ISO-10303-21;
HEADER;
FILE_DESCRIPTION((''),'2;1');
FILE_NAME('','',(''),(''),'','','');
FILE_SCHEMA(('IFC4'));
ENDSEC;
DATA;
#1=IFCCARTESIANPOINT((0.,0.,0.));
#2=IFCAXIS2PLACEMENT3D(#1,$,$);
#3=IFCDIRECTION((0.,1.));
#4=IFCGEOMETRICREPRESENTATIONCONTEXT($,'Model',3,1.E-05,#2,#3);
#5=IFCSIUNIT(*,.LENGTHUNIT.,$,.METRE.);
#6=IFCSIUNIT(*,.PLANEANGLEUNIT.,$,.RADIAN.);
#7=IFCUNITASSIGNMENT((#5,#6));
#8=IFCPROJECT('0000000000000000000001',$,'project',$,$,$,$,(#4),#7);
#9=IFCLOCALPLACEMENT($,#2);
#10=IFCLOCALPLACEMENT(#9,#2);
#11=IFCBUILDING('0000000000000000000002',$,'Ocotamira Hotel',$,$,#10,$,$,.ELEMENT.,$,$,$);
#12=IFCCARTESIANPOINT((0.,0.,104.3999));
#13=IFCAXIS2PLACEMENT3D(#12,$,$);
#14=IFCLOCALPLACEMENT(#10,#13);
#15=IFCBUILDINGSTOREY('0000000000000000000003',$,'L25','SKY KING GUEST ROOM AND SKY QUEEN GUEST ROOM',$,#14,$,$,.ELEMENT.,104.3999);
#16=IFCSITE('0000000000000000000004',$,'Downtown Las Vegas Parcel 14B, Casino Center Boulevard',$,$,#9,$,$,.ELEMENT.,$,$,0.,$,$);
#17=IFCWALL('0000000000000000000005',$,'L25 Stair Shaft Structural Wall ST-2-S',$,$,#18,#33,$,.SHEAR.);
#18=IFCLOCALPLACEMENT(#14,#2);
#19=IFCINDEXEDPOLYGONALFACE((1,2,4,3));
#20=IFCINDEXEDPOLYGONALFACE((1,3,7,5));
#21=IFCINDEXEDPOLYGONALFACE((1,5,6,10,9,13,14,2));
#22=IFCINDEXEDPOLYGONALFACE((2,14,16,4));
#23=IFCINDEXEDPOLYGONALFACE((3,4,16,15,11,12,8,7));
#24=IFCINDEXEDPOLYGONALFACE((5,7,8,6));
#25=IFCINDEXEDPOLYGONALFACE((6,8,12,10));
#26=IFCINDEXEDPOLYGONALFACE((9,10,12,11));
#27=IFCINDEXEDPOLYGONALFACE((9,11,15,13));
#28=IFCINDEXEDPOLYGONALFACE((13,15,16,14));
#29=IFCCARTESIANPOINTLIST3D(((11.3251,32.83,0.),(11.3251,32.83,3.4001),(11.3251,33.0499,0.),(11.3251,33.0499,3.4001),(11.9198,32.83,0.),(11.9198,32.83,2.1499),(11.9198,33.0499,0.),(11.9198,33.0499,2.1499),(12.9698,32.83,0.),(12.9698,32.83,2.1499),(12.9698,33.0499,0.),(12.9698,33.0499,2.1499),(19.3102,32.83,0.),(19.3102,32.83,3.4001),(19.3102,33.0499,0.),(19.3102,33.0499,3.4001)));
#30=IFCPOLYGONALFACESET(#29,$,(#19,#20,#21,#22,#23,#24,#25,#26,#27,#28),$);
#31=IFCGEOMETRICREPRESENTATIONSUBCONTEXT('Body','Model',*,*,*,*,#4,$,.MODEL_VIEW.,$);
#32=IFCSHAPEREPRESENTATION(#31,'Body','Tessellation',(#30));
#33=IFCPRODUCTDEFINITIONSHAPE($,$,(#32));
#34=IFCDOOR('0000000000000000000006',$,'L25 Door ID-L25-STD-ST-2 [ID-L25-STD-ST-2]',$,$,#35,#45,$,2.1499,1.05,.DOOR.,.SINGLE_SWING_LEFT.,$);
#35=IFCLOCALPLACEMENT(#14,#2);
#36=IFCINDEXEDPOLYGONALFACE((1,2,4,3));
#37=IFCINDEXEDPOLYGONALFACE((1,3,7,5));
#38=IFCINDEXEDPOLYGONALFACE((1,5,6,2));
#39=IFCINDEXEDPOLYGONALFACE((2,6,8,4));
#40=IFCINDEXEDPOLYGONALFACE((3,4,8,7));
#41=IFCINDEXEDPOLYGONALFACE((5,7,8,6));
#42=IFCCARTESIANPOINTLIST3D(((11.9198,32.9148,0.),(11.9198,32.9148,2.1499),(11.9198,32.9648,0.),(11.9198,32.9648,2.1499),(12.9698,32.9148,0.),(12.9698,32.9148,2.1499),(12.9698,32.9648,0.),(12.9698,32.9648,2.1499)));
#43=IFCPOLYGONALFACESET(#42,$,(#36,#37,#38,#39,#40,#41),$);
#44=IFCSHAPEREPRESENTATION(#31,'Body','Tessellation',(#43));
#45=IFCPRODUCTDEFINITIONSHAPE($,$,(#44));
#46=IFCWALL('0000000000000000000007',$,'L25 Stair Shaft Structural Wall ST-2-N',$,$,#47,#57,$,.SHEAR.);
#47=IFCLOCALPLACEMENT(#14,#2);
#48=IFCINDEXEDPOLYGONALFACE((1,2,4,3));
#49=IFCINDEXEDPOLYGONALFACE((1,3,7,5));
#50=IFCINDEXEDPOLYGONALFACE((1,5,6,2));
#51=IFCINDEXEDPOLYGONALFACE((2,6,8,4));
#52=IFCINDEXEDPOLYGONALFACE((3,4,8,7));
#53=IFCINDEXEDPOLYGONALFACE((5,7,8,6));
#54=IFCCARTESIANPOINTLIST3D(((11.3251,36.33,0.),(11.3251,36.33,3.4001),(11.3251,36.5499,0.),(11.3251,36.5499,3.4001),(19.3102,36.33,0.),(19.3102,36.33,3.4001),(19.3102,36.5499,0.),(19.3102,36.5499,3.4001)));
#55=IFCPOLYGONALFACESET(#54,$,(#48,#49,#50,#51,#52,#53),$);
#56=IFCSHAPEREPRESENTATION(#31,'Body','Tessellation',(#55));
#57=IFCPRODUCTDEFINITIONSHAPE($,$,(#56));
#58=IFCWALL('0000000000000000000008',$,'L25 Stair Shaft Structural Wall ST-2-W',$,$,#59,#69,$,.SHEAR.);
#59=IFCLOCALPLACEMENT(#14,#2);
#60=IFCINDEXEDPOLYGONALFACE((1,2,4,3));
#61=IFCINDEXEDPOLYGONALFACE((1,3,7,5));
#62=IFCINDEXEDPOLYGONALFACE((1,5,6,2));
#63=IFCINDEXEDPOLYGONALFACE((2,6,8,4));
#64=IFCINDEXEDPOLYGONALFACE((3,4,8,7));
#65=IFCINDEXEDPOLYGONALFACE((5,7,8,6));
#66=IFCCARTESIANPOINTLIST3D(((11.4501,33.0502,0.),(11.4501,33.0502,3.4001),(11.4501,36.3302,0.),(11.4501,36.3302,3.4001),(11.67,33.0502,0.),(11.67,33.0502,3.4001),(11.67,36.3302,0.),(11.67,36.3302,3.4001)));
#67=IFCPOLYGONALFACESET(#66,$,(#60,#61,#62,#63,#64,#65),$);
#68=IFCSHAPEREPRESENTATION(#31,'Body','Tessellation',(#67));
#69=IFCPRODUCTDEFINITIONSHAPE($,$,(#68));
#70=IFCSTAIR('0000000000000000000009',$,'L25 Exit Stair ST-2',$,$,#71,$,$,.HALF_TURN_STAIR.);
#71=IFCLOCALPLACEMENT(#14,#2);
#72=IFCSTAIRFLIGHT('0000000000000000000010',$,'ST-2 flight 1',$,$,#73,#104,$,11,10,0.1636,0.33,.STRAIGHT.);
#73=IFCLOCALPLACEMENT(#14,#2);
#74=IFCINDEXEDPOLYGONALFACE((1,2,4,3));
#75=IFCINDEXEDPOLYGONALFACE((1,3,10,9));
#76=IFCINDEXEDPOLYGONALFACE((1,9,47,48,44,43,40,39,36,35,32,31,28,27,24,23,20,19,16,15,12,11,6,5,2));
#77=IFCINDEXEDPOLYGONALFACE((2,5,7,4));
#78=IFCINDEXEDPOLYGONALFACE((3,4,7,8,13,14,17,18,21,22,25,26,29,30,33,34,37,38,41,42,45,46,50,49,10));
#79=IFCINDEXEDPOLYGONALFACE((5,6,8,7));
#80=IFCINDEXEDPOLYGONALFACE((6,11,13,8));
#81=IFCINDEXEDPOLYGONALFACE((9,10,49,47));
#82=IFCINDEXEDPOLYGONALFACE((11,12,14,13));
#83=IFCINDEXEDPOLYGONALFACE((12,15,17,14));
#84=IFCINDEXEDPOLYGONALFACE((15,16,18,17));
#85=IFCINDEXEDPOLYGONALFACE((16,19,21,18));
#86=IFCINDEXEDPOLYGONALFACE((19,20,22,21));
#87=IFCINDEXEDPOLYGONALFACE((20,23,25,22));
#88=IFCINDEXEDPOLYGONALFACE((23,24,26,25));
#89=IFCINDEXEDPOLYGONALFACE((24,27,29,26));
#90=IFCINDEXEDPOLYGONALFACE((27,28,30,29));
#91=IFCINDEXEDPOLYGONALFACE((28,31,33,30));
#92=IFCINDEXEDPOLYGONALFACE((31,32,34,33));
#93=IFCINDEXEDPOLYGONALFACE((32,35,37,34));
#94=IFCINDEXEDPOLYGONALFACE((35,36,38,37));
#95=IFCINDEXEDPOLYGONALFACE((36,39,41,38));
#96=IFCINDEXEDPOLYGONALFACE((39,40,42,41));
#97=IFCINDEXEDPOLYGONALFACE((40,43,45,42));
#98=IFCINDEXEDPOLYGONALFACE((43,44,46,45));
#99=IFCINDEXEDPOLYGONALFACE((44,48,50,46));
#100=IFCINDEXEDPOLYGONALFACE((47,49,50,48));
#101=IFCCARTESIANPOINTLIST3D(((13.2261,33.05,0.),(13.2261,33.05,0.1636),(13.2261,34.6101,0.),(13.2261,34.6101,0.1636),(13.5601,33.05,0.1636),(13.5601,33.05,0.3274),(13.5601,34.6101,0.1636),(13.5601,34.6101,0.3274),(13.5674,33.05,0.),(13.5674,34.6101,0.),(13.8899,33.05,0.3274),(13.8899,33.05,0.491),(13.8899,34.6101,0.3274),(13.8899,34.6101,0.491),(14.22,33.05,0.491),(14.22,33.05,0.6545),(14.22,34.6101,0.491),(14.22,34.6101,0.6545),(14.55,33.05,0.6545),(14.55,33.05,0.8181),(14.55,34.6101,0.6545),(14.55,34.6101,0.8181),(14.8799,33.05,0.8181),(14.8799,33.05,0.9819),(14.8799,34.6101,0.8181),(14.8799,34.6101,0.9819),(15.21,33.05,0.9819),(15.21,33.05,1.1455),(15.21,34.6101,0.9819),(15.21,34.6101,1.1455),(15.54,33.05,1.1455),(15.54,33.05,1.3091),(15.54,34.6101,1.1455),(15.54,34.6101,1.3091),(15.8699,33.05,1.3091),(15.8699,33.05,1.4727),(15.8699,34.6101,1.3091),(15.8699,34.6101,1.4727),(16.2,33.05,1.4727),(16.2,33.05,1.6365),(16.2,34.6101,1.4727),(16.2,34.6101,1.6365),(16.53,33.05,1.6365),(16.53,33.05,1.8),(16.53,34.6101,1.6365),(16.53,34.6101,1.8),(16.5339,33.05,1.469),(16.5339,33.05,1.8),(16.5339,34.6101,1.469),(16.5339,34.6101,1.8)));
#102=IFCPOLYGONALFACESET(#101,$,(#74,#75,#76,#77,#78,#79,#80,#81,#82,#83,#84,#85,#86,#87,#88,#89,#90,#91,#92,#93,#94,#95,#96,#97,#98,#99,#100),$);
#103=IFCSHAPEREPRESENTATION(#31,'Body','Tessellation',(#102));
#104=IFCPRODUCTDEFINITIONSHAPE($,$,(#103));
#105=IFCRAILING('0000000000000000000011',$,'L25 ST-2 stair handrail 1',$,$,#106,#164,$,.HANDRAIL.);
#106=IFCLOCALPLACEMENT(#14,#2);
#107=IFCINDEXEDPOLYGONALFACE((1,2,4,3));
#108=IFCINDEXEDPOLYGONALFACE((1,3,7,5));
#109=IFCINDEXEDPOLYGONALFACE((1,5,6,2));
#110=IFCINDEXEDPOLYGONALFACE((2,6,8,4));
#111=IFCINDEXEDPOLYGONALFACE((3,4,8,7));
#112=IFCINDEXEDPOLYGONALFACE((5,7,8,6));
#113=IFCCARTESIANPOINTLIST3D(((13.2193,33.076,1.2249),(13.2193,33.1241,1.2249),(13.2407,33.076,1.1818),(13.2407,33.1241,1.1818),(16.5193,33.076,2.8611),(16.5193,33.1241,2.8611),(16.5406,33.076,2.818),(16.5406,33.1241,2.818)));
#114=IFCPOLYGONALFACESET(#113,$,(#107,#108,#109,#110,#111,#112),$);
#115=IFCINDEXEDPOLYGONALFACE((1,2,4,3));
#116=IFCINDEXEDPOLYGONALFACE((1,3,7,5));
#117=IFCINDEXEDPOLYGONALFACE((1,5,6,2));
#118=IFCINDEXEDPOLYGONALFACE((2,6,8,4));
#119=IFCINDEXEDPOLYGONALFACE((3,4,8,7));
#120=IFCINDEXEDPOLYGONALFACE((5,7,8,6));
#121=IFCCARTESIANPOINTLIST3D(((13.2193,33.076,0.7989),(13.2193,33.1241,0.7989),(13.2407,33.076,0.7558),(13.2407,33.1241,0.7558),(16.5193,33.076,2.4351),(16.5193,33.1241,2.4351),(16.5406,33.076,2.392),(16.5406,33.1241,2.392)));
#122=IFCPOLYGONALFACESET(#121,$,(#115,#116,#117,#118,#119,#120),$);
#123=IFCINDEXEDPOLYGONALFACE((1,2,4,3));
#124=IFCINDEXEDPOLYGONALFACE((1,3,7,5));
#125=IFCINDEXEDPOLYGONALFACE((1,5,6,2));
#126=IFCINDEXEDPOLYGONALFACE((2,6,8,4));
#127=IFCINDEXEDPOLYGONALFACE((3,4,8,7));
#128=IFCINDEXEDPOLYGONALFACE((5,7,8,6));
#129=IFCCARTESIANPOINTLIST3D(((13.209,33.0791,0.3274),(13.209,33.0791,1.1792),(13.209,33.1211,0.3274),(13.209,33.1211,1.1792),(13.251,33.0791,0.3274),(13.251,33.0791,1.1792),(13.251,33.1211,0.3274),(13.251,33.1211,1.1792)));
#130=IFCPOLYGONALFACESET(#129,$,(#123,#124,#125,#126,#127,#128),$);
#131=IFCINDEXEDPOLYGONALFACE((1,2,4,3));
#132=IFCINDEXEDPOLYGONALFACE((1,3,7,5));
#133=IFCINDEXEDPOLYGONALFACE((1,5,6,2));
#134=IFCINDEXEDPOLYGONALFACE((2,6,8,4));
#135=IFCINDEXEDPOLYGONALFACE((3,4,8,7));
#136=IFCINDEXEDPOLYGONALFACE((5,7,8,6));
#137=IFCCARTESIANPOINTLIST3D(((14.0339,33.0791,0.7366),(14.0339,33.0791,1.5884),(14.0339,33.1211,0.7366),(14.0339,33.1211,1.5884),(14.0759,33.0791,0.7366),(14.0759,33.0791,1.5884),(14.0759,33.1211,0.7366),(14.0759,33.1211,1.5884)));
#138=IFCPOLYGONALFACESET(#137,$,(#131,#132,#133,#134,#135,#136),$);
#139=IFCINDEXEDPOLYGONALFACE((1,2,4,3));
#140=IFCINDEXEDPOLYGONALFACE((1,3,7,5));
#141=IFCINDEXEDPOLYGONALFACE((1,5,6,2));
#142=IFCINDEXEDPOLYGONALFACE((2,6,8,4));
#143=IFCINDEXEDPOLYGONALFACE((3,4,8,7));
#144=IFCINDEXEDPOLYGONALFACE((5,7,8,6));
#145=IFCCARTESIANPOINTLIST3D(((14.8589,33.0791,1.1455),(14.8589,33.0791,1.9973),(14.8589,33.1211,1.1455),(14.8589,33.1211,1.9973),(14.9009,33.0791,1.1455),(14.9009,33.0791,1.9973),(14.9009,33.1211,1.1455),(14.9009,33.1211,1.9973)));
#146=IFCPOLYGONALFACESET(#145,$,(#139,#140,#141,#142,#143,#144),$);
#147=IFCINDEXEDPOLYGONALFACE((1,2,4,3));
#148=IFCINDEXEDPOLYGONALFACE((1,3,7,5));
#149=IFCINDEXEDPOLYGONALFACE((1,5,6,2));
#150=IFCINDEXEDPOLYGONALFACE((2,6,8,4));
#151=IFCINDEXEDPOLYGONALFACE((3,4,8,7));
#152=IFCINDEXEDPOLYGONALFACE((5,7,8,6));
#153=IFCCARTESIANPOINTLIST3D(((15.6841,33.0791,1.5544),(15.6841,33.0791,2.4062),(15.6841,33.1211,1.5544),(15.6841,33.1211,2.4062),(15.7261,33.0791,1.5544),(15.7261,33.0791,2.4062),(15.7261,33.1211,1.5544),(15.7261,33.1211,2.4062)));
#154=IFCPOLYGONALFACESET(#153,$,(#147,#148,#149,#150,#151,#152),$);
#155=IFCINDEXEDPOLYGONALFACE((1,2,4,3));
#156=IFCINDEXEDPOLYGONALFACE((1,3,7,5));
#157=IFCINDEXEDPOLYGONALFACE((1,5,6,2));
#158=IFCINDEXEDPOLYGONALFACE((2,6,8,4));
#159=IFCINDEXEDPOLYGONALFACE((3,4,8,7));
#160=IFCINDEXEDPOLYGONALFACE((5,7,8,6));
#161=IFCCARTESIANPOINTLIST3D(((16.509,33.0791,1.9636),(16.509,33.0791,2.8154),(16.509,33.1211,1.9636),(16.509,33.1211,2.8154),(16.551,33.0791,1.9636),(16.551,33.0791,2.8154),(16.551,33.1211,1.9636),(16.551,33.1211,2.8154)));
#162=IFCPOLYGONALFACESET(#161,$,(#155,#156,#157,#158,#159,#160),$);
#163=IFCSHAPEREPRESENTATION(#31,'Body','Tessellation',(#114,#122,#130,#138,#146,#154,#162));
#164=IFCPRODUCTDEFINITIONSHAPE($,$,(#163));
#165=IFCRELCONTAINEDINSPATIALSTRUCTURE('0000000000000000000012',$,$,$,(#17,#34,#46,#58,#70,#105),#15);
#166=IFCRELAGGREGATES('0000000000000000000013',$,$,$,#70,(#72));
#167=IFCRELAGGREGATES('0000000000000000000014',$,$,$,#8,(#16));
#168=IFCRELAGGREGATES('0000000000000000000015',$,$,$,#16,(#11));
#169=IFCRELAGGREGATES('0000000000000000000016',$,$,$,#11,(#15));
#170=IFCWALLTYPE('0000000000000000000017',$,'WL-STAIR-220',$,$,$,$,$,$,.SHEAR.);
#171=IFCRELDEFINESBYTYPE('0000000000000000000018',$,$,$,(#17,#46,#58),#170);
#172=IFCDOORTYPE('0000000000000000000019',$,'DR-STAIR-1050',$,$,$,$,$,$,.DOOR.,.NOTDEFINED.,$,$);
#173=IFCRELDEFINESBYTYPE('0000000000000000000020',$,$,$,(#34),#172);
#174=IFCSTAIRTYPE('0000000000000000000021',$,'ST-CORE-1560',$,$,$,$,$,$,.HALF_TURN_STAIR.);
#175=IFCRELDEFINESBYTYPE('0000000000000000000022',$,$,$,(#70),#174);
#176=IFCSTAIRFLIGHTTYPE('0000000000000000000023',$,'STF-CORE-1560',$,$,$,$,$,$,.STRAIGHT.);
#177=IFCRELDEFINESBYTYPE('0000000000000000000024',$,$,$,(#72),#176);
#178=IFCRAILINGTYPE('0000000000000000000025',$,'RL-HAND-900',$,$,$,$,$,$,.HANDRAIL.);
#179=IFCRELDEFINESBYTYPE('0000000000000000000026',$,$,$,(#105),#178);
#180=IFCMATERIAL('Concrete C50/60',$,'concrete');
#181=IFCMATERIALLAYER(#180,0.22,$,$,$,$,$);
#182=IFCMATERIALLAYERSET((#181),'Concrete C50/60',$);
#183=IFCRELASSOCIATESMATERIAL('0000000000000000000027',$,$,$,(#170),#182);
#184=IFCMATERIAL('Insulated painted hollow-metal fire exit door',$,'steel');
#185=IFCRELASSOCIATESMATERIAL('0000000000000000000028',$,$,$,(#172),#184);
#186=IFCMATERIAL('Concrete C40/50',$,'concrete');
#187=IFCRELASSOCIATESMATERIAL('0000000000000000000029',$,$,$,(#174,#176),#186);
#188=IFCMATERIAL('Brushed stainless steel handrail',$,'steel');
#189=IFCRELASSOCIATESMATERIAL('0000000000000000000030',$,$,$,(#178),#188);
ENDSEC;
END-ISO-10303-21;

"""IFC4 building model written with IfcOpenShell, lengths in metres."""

from ifc_helpers import new_model, si_unit, direction, frame, frame_2d, origin, origin_2d, place, context, subcontext, project, spatial, polyline, rectangle, outline, extrude, source, transform, mapped, material, layer, layer_set, type_object, element, fill, aggregate, save


model = new_model("IFC4")

# Units and contexts
model_context = context("Model", 3, precision=1e-05, world=origin(), true_north=direction((0.0, 1.0)))
body_context = subcontext(model_context, "Body", "Model", "MODEL_VIEW")
ifc_project = project(units=[si_unit("LENGTHUNIT", "METRE"), si_unit("PLANEANGLEUNIT", "RADIAN")], contexts=[model_context])

# Site, building, storey
site_placement = place(None, origin())
site = spatial("IfcSite", under=ifc_project, at=site_placement, Name="Downtown Las Vegas Parcel 14B, Casino Center Boulevard", CompositionType="ELEMENT", RefElevation=0.0)
building_placement = place(site_placement, origin())
building = spatial("IfcBuilding", under=site, at=building_placement, Name="Ocotamira Hotel", CompositionType="ELEMENT")
storey_placement = place(building_placement, frame((0.0, 0.0, 104.3999)))
storey = spatial("IfcBuildingStorey", under=building, at=storey_placement, Name="L25", Description="SKY KING GUEST ROOM AND SKY QUEEN GUEST ROOM", CompositionType="ELEMENT", Elevation=104.3999)

# Wall, opening, door
ifc_material_1 = material(Name="Concrete C50/60", Category="concrete")
ifc_layer_1 = layer(ifc_material_1, 0.22)
ifc_layer_set_1 = layer_set([ifc_layer_1], Name="Concrete C50/60")
wall_type_1 = type_object("IfcWallType", Name="WL-STAIR-220", PredefinedType="SHEAR", material=ifc_layer_set_1)
wall_1_placement = place(storey_placement, frame((11.325, 32.9399, 0.0), z_axis=(0.0, 0.0, 1.0), x_axis=(1.0, 0.0, 0.0)))
wall_1 = element("IfcWall", 1, at=wall_1_placement, inside=storey, type_object=wall_type_1, Name="L25 Stair Shaft Structural Wall ST-2-S", PredefinedType="SHEAR", context=body_context, shape_type="SweptSolid", body=[
    extrude(rectangle(XDim=7.9851, YDim=0.22, at=frame_2d((3.9927, 0.0))), origin(), (0.0, 0.0, 1.0), 3.4001),
])
opening_placement = place(wall_1_placement, frame((0.595, 0.0, 0.0)))
opening = element("IfcOpeningElement", 2, at=opening_placement, cuts=wall_1, PredefinedType="OPENING", context=body_context, shape_type="SweptSolid", body=[
    extrude(rectangle(XDim=1.05, YDim=2.1499, at=frame_2d((0.5249, 1.075))), frame((0.0, 0.1201, 0.0), z_axis=(0.0, -1.0, 0.0), x_axis=(1.0, 0.0, 0.0)), (0.0, 0.0, 1.0), 0.24),
])
ifc_material_2 = material(Name="Insulated painted hollow-metal fire exit door", Category="steel")
door_type = type_object("IfcDoorType", Name="DR-STAIR-1050", OperationType="NOTDEFINED", PredefinedType="DOOR", material=ifc_material_2)
shared_shape_1 = source(origin(), body_context, "Body", "SweptSolid", [
    extrude(rectangle(XDim=1.05, YDim=2.1499, at=frame_2d((0.5249, 1.075))), frame((0.0, 0.0249, 0.0), z_axis=(0.0, -1.0, 0.0), x_axis=(1.0, 0.0, 0.0)), (0.0, 0.0, 1.0), 0.05),
])
door_placement = place(opening_placement, origin())
door = element("IfcDoor", 3, at=door_placement, inside=storey, type_object=door_type, Name="L25 Door ID-L25-STD-ST-2 [ID-L25-STD-ST-2]", OperationType="SINGLE_SWING_LEFT", OverallHeight=2.1499, OverallWidth=1.05, PredefinedType="DOOR", context=body_context, shape_type="MappedRepresentation", body=[
    mapped(shared_shape_1, transform((0.0, 0.0, 0.0), scale=1.0)),
])
fill(opening, door)

# Walls
wall_2_placement = place(storey_placement, frame((11.325, 36.4399, 0.0), z_axis=(0.0, 0.0, 1.0), x_axis=(1.0, 0.0, 0.0)))
element("IfcWall", 4, at=wall_2_placement, inside=storey, type_object=wall_type_1, Name="L25 Stair Shaft Structural Wall ST-2-N", PredefinedType="SHEAR", context=body_context, shape_type="SweptSolid", body=[
    extrude(rectangle(XDim=7.9851, YDim=0.22, at=frame_2d((3.9927, 0.0))), origin(), (0.0, 0.0, 1.0), 3.4001),
])
wall_3_placement = place(storey_placement, frame((11.5601, 33.05, 0.0), z_axis=(0.0, 0.0, 1.0), x_axis=(0.0, 1.0, 0.0)))
element("IfcWall", 5, at=wall_3_placement, inside=storey, type_object=wall_type_1, Name="L25 Stair Shaft Structural Wall ST-2-W", PredefinedType="SHEAR", context=body_context, shape_type="SweptSolid", body=[
    extrude(rectangle(XDim=3.28, YDim=0.22, at=frame_2d((1.6401, 0.0))), origin(), (0.0, 0.0, 1.0), 3.4001),
])

# Stair, stair flight
ifc_material_3 = material(Name="Concrete C40/50", Category="concrete")
stair_type = type_object("IfcStairType", Name="ST-CORE-1560", PredefinedType="HALF_TURN_STAIR", material=ifc_material_3)
stair_placement = place(storey_placement, origin())
stair = element("IfcStair", 6, at=stair_placement, inside=storey, type_object=stair_type, Name="L25 Exit Stair ST-2", PredefinedType="HALF_TURN_STAIR")
stair_flight_type = type_object("IfcStairFlightType", Name="STF-CORE-1560", PredefinedType="STRAIGHT", material=ifc_material_3)
shared_shape_2 = source(origin(), body_context, "Body", "SweptSolid", [
    extrude(outline(polyline([(-0.0039, 0.0), (-0.0039, 0.1636), (0.3301, 0.1636), (0.3301, 0.3274), (0.6599, 0.3274), (0.6599, 0.491), (0.99, 0.491), (0.99, 0.6545), (1.3201, 0.6545), (1.3201, 0.8181), (1.6499, 0.8181), (1.6499, 0.9819), (1.98, 0.9819), (1.98, 1.1455), (2.3101, 1.1455), (2.3101, 1.3091), (2.6399, 1.3091), (2.6399, 1.4727), (2.97, 1.4727), (2.97, 1.6365), (3.3, 1.6365), (3.3, 1.8), (3.304, 1.8), (3.304, 1.469), (0.3374, 0.0), (-0.0039, 0.0)])), frame((0.0, 0.78, 0.0), z_axis=(0.0, -1.0, 0.0), x_axis=(1.0, 0.0, 0.0)), (0.0, 0.0, 1.0), 1.5601),
])
stair_flight_placement = place(storey_placement, frame((13.23, 33.8301, 0.0), z_axis=(0.0, 0.0, 1.0), x_axis=(1.0, 0.0, 0.0)))
stair_flight = element("IfcStairFlight", 7, at=stair_flight_placement, type_object=stair_flight_type, Name="ST-2 flight 1", NumberOfRisers=11, NumberOfTreads=10, PredefinedType="STRAIGHT", RiserHeight=0.1636, TreadLength=0.33, context=body_context, shape_type="MappedRepresentation", body=[
    mapped(shared_shape_2, transform((0.0, 0.0, 0.0), scale=1.0)),
])
aggregate(stair, [stair_flight])

# Railing
ifc_material_4 = material(Name="Brushed stainless steel handrail", Category="steel")
railing_type_1 = type_object("IfcRailingType", Name="RL-HAND-900", PredefinedType="HANDRAIL", material=ifc_material_4)
railing_1_placement = place(storey_placement, frame((13.23, 33.1001, 0.3274)))
element("IfcRailing", 8, at=railing_1_placement, inside=storey, type_object=railing_type_1, Name="L25 ST-2 stair handrail 1", PredefinedType="HANDRAIL", context=body_context, shape_type="SweptSolid", body=[
    extrude(rectangle(XDim=0.0481, YDim=0.0481, at=origin_2d()), frame((0.0, 0.0, 0.876), z_axis=(0.89592, 0.0, 0.444215), x_axis=(0.0, 1.0, 0.0)), (0.0, 0.0, 1.0), 3.6833),
    extrude(rectangle(XDim=0.0481, YDim=0.0481, at=origin_2d()), frame((0.0, 0.0, 0.45), z_axis=(0.89592, 0.0, 0.444215), x_axis=(0.0, 1.0, 0.0)), (0.0, 0.0, 1.0), 3.6833),
    extrude(rectangle(XDim=0.042, YDim=0.042, at=origin_2d()), origin(), (0.0, 0.0, 1.0), 0.8518),
    extrude(rectangle(XDim=0.042, YDim=0.042, at=origin_2d()), frame((0.825, 0.0, 0.4092)), (0.0, 0.0, 1.0), 0.8518),
    extrude(rectangle(XDim=0.042, YDim=0.042, at=origin_2d()), frame((1.6499, 0.0, 0.8181)), (0.0, 0.0, 1.0), 0.8518),
    extrude(rectangle(XDim=0.042, YDim=0.042, at=origin_2d()), frame((2.4751, 0.0, 1.2271)), (0.0, 0.0, 1.0), 0.8518),
    extrude(rectangle(XDim=0.042, YDim=0.042, at=origin_2d()), frame((3.3, 0.0, 1.6362)), (0.0, 0.0, 1.0), 0.8518),
])

save(model, "model.ifc")
